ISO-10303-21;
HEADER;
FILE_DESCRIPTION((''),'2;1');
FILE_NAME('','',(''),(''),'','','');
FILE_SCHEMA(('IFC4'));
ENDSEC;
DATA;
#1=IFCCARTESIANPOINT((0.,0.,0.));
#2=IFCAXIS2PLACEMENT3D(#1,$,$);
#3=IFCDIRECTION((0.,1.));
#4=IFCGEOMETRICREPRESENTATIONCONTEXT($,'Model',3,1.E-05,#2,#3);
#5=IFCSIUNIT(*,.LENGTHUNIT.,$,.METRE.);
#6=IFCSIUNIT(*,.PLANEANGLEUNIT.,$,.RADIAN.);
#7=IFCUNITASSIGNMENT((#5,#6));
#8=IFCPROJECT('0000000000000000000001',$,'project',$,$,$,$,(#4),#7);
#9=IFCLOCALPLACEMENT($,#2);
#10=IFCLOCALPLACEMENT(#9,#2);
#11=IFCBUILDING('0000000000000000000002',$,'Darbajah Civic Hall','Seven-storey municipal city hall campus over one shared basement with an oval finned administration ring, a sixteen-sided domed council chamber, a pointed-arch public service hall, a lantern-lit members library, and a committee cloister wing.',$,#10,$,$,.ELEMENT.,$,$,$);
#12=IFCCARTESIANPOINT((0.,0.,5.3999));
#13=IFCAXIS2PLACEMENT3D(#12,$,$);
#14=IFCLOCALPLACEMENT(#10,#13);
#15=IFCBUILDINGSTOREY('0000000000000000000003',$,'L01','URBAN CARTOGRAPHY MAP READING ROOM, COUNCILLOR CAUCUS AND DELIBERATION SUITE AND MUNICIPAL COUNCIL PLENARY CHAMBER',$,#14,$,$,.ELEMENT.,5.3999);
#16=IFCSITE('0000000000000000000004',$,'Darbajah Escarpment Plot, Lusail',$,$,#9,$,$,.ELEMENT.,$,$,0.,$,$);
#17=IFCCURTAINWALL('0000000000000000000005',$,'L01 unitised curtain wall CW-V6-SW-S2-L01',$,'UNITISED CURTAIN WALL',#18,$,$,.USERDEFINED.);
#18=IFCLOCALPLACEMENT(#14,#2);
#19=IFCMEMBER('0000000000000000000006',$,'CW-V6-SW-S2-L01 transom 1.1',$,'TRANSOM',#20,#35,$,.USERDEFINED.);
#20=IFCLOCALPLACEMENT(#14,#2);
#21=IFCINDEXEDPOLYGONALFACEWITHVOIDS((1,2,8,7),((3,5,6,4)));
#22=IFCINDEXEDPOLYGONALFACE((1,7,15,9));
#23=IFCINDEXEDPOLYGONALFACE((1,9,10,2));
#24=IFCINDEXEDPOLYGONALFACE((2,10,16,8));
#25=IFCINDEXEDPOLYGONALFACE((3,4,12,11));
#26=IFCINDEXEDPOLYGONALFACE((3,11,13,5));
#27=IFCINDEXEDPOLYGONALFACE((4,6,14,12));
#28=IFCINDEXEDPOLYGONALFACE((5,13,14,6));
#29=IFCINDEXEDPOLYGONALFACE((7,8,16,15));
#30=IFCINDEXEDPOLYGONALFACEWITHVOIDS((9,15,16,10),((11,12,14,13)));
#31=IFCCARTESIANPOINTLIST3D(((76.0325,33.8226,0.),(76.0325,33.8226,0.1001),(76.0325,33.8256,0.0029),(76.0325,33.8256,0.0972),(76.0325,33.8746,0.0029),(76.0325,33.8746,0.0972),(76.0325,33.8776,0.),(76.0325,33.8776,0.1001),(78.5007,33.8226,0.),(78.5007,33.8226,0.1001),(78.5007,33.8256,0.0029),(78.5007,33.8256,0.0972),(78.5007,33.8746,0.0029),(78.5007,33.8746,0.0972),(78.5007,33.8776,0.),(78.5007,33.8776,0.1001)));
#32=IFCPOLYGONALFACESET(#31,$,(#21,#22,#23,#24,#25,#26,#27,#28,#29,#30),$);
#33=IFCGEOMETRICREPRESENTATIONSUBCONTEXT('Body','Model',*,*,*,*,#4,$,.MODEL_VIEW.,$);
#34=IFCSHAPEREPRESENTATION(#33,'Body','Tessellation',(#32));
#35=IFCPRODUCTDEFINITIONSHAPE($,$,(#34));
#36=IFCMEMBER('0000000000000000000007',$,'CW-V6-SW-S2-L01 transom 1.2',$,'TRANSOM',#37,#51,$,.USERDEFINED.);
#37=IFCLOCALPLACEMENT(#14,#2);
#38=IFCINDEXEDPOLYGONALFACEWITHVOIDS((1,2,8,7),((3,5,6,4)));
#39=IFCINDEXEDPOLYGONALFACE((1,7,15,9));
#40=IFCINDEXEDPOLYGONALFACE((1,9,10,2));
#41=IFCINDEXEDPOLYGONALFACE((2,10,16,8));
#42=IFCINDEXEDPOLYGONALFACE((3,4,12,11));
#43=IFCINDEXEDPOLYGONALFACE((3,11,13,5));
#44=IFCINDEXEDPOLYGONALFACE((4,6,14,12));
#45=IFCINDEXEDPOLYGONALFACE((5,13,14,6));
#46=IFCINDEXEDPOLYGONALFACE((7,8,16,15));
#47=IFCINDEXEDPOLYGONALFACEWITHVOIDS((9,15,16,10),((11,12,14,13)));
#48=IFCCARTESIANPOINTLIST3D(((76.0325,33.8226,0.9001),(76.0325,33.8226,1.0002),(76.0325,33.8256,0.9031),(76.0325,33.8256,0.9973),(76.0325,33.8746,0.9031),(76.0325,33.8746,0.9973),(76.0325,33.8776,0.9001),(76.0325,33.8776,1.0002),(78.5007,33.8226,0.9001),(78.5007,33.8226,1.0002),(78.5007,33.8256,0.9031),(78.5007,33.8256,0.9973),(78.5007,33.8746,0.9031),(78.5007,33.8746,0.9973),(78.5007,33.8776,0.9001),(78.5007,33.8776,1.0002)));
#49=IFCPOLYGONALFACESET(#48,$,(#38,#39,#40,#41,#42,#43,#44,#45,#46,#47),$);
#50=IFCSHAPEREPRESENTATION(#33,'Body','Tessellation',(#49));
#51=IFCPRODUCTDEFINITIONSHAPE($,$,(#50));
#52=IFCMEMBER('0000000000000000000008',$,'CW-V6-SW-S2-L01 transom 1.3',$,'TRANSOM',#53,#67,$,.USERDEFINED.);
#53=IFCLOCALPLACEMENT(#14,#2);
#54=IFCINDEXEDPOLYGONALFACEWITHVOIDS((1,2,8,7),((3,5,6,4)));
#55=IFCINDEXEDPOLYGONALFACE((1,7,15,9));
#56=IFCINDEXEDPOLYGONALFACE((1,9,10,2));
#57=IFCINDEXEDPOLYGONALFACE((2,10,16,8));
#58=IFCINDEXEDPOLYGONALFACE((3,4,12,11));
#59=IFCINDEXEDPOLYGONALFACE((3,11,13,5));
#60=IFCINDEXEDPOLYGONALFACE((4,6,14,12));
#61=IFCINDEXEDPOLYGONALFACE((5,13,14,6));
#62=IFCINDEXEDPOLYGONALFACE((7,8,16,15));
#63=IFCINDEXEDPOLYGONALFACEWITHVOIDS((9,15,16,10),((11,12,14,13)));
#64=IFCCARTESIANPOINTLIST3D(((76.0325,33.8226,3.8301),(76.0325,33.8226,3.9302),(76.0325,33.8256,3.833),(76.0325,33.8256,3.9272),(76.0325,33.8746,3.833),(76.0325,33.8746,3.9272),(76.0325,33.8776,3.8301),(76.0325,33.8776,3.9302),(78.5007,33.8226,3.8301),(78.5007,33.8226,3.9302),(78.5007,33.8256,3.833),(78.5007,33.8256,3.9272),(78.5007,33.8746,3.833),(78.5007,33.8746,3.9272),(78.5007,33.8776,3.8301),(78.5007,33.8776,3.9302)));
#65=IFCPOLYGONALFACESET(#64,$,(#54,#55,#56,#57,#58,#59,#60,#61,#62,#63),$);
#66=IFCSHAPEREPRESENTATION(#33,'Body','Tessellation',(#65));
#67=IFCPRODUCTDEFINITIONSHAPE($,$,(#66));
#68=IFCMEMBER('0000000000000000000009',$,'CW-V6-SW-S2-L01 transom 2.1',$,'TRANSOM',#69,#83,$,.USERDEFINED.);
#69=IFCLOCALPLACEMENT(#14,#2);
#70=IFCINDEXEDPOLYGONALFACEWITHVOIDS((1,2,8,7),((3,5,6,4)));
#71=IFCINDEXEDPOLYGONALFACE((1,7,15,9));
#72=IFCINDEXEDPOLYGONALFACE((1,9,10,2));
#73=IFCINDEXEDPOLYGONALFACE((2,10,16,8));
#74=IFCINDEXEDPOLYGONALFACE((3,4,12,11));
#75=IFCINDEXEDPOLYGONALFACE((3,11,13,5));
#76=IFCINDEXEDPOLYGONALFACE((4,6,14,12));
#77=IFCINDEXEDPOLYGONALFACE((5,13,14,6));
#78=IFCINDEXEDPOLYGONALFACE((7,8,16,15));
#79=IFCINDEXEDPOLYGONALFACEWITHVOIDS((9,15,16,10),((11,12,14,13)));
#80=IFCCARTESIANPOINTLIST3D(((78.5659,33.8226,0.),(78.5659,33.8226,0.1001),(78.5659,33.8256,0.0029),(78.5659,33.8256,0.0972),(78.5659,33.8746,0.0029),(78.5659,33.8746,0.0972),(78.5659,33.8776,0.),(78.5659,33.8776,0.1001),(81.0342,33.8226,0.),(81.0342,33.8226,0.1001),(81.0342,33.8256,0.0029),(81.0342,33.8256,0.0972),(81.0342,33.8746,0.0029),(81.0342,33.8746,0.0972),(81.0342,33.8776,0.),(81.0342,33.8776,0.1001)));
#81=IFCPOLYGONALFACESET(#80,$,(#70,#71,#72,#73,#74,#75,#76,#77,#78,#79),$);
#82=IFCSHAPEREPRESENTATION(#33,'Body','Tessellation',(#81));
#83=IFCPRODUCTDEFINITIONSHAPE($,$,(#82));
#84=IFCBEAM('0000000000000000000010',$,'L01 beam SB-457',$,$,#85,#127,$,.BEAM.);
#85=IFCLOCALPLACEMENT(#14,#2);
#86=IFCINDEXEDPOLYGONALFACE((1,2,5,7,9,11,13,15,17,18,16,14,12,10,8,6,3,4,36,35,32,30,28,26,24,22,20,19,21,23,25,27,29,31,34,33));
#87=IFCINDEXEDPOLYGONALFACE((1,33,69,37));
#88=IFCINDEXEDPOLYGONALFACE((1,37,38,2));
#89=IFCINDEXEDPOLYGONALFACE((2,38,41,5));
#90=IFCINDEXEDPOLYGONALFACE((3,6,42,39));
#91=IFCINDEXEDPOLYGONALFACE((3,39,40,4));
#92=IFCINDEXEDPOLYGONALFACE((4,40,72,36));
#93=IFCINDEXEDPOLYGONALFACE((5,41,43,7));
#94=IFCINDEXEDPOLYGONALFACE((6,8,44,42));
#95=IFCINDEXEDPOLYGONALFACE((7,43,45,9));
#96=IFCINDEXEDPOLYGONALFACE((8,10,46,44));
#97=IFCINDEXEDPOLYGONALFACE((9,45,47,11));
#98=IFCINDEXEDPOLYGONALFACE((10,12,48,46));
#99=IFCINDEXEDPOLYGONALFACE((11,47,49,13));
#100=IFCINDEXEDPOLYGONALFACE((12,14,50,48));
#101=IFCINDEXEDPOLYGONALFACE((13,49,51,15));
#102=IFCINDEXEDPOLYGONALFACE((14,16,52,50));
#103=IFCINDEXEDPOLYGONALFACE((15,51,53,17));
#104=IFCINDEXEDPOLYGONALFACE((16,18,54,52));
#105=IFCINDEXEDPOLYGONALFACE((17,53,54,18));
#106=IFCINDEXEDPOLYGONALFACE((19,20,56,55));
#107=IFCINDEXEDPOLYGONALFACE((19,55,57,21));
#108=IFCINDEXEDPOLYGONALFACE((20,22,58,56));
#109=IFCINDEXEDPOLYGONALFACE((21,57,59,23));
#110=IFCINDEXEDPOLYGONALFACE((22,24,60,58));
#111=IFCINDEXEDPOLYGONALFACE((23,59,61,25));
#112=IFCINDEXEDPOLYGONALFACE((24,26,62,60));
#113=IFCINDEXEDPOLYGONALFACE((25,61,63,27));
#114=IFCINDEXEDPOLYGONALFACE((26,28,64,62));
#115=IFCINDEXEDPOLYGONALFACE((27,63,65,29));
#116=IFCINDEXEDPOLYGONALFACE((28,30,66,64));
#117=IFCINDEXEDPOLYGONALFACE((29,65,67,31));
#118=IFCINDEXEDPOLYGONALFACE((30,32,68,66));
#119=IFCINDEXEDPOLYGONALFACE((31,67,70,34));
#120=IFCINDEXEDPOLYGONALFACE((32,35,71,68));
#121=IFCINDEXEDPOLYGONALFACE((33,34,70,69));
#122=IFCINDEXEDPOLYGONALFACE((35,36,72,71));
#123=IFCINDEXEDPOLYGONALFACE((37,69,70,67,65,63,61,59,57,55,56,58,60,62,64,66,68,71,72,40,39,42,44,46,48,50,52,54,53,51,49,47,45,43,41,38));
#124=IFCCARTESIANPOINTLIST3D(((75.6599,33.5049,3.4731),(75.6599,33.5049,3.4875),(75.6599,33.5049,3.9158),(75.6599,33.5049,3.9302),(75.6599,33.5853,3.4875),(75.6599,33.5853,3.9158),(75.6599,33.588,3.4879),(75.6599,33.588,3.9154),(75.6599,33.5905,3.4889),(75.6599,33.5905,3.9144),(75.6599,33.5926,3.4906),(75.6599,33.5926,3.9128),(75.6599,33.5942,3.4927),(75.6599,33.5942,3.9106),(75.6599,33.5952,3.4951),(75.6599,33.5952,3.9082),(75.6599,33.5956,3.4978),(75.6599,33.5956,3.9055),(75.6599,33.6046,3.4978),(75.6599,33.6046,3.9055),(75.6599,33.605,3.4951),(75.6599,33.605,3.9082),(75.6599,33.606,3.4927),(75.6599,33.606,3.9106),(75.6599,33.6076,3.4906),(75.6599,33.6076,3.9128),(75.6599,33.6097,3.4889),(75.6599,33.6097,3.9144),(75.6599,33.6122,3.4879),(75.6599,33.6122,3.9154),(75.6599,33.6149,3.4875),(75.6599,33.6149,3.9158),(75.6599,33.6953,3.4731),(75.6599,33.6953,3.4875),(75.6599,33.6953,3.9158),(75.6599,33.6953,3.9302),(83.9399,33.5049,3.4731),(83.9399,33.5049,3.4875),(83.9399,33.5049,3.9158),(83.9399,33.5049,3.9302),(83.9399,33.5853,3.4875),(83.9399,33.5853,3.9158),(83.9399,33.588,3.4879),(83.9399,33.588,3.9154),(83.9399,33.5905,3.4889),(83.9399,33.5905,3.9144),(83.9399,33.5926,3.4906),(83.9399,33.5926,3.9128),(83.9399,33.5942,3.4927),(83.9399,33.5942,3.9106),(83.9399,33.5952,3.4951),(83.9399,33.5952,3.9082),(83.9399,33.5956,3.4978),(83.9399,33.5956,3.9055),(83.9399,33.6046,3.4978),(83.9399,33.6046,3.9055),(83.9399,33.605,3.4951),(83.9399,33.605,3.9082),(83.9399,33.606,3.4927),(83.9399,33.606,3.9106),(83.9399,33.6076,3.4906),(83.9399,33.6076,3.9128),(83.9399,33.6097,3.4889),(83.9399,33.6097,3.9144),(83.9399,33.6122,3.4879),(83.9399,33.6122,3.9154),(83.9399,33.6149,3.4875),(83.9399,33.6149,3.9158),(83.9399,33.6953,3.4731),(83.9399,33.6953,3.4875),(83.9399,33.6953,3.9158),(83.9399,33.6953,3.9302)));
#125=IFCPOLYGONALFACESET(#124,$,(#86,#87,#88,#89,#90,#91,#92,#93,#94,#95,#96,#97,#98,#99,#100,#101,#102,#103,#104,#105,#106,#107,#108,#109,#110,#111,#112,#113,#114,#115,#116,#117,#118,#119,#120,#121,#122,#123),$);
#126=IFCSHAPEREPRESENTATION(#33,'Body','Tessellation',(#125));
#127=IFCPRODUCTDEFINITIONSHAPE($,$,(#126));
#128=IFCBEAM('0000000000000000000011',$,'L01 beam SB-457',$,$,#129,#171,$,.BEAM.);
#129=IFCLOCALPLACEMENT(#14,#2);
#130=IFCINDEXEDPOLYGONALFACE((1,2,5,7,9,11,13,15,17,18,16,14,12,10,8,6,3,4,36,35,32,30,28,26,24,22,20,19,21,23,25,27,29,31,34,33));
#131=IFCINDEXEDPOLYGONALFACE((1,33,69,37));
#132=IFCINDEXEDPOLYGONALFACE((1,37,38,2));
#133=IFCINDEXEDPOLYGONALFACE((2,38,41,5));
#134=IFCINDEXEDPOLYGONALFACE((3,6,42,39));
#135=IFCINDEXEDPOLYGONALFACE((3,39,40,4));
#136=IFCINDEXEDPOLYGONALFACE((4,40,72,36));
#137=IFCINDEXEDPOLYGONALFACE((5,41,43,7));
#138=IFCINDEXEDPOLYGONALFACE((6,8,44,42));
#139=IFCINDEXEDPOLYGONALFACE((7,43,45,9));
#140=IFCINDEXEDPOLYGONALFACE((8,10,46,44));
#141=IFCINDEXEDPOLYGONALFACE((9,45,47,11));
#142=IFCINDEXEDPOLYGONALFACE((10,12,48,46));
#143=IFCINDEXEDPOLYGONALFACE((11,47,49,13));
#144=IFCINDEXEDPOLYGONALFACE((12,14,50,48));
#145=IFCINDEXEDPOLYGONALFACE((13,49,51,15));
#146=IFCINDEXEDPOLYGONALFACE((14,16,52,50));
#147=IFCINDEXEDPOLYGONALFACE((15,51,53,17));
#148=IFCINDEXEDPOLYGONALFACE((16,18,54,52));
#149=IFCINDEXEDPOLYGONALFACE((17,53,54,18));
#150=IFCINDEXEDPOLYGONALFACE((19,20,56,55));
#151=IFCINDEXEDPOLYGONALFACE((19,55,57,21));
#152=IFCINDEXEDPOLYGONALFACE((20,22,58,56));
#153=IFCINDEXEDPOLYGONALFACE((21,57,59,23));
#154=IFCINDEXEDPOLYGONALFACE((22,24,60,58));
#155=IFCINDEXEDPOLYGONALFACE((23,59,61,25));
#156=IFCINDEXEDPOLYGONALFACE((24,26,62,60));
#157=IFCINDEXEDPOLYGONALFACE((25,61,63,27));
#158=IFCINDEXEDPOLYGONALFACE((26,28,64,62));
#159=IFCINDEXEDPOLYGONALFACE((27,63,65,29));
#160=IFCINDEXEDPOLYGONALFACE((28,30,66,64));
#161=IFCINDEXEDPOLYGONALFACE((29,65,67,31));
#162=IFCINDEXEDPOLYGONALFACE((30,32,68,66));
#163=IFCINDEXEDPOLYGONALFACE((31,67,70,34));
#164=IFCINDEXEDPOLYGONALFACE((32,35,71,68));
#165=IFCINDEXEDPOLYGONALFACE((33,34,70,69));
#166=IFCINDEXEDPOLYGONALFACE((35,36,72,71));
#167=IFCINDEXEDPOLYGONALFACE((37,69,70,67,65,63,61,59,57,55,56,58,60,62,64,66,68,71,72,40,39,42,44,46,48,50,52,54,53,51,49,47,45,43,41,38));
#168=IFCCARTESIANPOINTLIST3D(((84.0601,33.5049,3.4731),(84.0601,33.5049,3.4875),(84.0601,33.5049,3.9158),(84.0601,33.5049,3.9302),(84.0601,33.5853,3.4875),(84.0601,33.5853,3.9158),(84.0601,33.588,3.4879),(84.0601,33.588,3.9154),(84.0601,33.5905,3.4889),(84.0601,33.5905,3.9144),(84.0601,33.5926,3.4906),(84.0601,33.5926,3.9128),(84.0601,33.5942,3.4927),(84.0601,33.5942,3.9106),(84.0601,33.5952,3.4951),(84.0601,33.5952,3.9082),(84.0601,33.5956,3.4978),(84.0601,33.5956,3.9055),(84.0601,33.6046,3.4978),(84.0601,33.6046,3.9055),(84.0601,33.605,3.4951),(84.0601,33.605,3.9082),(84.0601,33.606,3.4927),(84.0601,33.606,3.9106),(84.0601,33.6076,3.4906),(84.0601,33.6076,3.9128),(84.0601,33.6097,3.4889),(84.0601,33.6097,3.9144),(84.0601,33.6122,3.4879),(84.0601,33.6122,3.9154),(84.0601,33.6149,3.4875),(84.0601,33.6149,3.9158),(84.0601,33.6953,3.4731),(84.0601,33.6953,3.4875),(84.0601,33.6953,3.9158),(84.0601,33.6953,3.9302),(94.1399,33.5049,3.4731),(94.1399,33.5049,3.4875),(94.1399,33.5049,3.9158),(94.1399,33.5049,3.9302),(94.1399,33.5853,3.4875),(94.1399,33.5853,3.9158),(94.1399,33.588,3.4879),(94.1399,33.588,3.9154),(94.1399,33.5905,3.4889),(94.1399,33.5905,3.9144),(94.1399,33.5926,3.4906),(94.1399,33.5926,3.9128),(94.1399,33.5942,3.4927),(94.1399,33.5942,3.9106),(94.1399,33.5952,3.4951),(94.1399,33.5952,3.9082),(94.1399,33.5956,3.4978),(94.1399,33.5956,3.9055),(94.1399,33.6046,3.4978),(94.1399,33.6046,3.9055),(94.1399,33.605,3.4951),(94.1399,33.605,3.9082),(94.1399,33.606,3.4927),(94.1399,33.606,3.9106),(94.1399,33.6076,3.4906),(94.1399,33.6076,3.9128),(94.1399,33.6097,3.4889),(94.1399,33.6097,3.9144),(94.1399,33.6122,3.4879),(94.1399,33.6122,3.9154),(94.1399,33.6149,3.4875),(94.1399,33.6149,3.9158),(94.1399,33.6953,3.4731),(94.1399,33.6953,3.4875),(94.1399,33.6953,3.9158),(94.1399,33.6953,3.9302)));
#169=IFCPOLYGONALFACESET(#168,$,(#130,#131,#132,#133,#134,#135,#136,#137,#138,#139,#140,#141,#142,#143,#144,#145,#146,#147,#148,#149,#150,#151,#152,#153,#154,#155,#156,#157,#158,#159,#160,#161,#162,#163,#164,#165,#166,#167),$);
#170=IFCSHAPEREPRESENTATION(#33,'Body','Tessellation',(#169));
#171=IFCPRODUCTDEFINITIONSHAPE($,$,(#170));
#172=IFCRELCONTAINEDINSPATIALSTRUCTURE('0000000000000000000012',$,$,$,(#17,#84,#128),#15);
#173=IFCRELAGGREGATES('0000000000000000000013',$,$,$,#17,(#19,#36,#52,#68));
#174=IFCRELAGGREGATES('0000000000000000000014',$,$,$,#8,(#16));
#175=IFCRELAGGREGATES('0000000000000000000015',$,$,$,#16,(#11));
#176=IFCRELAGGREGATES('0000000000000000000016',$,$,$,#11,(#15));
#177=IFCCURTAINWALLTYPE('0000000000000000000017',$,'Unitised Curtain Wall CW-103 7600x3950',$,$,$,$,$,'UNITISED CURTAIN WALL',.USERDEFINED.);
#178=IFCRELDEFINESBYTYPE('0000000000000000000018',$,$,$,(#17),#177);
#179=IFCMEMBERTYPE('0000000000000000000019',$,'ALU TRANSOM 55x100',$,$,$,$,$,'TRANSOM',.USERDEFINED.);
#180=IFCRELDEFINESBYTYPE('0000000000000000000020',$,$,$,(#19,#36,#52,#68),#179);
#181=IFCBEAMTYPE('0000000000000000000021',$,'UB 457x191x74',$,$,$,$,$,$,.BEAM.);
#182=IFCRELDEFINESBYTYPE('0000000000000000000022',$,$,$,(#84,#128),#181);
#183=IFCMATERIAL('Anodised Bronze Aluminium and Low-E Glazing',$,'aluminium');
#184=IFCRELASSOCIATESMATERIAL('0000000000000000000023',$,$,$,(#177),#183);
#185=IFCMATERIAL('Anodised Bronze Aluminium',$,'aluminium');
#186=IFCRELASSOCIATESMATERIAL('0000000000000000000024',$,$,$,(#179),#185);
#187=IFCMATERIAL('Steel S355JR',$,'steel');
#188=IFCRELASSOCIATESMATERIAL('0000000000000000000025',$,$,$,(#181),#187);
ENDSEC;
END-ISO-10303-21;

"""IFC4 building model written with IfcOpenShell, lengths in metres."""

from ifc_helpers import new_model, si_unit, direction, frame, origin, origin_2d, place, context, subcontext, project, spatial, hollow_rectangle, i_section, extrude, material, material_profile, profile_set, type_object, element, aggregate, save


model = new_model("IFC4")

# Units and contexts
model_context = context("Model", 3, precision=1e-05, world=origin(), true_north=direction((0.0, 1.0)))
body_context = subcontext(model_context, "Body", "Model", "MODEL_VIEW")
ifc_project = project(units=[si_unit("LENGTHUNIT", "METRE"), si_unit("PLANEANGLEUNIT", "RADIAN")], contexts=[model_context])

# Site, building, storey
site_placement = place(None, origin())
site = spatial("IfcSite", under=ifc_project, at=site_placement, Name="Darbajah Escarpment Plot, Lusail", CompositionType="ELEMENT", RefElevation=0.0)
building_placement = place(site_placement, origin())
building = spatial("IfcBuilding", under=site, at=building_placement, Name="Darbajah Civic Hall", Description="Seven-storey municipal city hall campus over one shared basement with an oval finned administration ring, a sixteen-sided domed council chamber, a pointed-arch public service hall, a lantern-lit members library, and a committee cloister wing.", CompositionType="ELEMENT")
storey_placement = place(building_placement, frame((0.0, 0.0, 5.3999)))
storey = spatial("IfcBuildingStorey", under=building, at=storey_placement, Name="L01", Description="URBAN CARTOGRAPHY MAP READING ROOM, COUNCILLOR CAUCUS AND DELIBERATION SUITE AND MUNICIPAL COUNCIL PLENARY CHAMBER", CompositionType="ELEMENT", Elevation=5.3999)

# Shared definitions
ifc_material_1 = material(Name="Steel S355JR", Category="steel")

# Shared definitions
ifc_material_2 = material(Name="Anodised Bronze Aluminium and Low-E Glazing", Category="aluminium")
curtain_wall_type = type_object("IfcCurtainWallType", Name="Unitised Curtain Wall CW-103 7600x3950", ElementType="UNITISED CURTAIN WALL", PredefinedType="USERDEFINED", material=ifc_material_2)
ifc_material_3 = material(Name="Anodised Bronze Aluminium", Category="aluminium")

# Curtain wall
curtain_wall_1_placement = place(storey_placement, origin())
curtain_wall_1 = element("IfcCurtainWall", 1, at=curtain_wall_1_placement, inside=storey, type_object=curtain_wall_type, Name="L01 unitised curtain wall CW-V6-SW-S2-L01", ObjectType="UNITISED CURTAIN WALL", PredefinedType="USERDEFINED")

# Members
ifc_material_profile_1 = material_profile(ifc_material_3, hollow_rectangle(XDim=0.0549, YDim=0.1001, WallThickness=0.0029, at=origin_2d()), Name="ALU TRANSOM 55x100")
ifc_profile_set_1 = profile_set([ifc_material_profile_1], Name="Anodised Bronze Aluminium")
member_type_1 = type_object("IfcMemberType", Name="ALU TRANSOM 55x100", ElementType="TRANSOM", PredefinedType="USERDEFINED", material=ifc_profile_set_1)
member_1_placement = place(storey_placement, frame((76.0325, 33.8501, 0.05), z_axis=(1.0, 0.0, 0.0), x_axis=(0.0, 1.0, 0.0)))
member_1 = element("IfcMember", 2, at=member_1_placement, type_object=member_type_1, Name="CW-V6-SW-S2-L01 transom 1.1", ObjectType="TRANSOM", PredefinedType="USERDEFINED", context=body_context, shape_type="SweptSolid", body=[
    extrude(hollow_rectangle(XDim=0.0549, YDim=0.1001, WallThickness=0.0029, at=origin_2d()), origin(), (0.0, 0.0, 1.0), 2.4683),
])
member_2_placement = place(storey_placement, frame((76.0325, 33.8501, 0.9502), z_axis=(1.0, 0.0, 0.0), x_axis=(0.0, 1.0, 0.0)))
member_2 = element("IfcMember", 3, at=member_2_placement, type_object=member_type_1, Name="CW-V6-SW-S2-L01 transom 1.2", ObjectType="TRANSOM", PredefinedType="USERDEFINED", context=body_context, shape_type="SweptSolid", body=[
    extrude(hollow_rectangle(XDim=0.0549, YDim=0.1001, WallThickness=0.0029, at=origin_2d()), origin(), (0.0, 0.0, 1.0), 2.4683),
])
member_3_placement = place(storey_placement, frame((76.0325, 33.8501, 3.8801), z_axis=(1.0, 0.0, 0.0), x_axis=(0.0, 1.0, 0.0)))
member_3 = element("IfcMember", 4, at=member_3_placement, type_object=member_type_1, Name="CW-V6-SW-S2-L01 transom 1.3", ObjectType="TRANSOM", PredefinedType="USERDEFINED", context=body_context, shape_type="SweptSolid", body=[
    extrude(hollow_rectangle(XDim=0.0549, YDim=0.1001, WallThickness=0.0029, at=origin_2d()), origin(), (0.0, 0.0, 1.0), 2.4683),
])
member_4_placement = place(storey_placement, frame((78.5659, 33.8501, 0.05), z_axis=(1.0, 0.0, 0.0), x_axis=(0.0, 1.0, 0.0)))
member_4 = element("IfcMember", 5, at=member_4_placement, type_object=member_type_1, Name="CW-V6-SW-S2-L01 transom 2.1", ObjectType="TRANSOM", PredefinedType="USERDEFINED", context=body_context, shape_type="SweptSolid", body=[
    extrude(hollow_rectangle(XDim=0.0549, YDim=0.1001, WallThickness=0.0029, at=origin_2d()), origin(), (0.0, 0.0, 1.0), 2.4683),
])

# Beams
ifc_material_profile_2 = material_profile(ifc_material_1, i_section(OverallWidth=0.1904, OverallDepth=0.457, WebThickness=0.009, FlangeThickness=0.0144, FilletRadius=0.0103, at=origin_2d()), Name="UB 457x191x74")
ifc_profile_set_2 = profile_set([ifc_material_profile_2], Name="Steel S355JR")
beam_type = type_object("IfcBeamType", Name="UB 457x191x74", PredefinedType="BEAM", material=ifc_profile_set_2)
beam_1_placement = place(storey_placement, frame((75.6599, 33.6001, 3.7017), z_axis=(1.0, 0.0, 0.0), x_axis=(0.0, 1.0, 0.0)))
element("IfcBeam", 6, at=beam_1_placement, inside=storey, type_object=beam_type, Name="L01 beam SB-457", PredefinedType="BEAM", context=body_context, shape_type="SweptSolid", body=[
    extrude(i_section(OverallWidth=0.1904, OverallDepth=0.457, WebThickness=0.009, FlangeThickness=0.0144, FilletRadius=0.0103, at=origin_2d()), origin(), (0.0, 0.0, 1.0), 8.28),
])
beam_2_placement = place(storey_placement, frame((84.0601, 33.6001, 3.7017), z_axis=(1.0, 0.0, 0.0), x_axis=(0.0, 1.0, 0.0)))
element("IfcBeam", 7, at=beam_2_placement, inside=storey, type_object=beam_type, Name="L01 beam SB-457", PredefinedType="BEAM", context=body_context, shape_type="SweptSolid", body=[
    extrude(i_section(OverallWidth=0.1904, OverallDepth=0.457, WebThickness=0.009, FlangeThickness=0.0144, FilletRadius=0.0103, at=origin_2d()), origin(), (0.0, 0.0, 1.0), 10.0798),
])

aggregate(curtain_wall_1, [member_1, member_2, member_3, member_4])

save(model, "model.ifc")
